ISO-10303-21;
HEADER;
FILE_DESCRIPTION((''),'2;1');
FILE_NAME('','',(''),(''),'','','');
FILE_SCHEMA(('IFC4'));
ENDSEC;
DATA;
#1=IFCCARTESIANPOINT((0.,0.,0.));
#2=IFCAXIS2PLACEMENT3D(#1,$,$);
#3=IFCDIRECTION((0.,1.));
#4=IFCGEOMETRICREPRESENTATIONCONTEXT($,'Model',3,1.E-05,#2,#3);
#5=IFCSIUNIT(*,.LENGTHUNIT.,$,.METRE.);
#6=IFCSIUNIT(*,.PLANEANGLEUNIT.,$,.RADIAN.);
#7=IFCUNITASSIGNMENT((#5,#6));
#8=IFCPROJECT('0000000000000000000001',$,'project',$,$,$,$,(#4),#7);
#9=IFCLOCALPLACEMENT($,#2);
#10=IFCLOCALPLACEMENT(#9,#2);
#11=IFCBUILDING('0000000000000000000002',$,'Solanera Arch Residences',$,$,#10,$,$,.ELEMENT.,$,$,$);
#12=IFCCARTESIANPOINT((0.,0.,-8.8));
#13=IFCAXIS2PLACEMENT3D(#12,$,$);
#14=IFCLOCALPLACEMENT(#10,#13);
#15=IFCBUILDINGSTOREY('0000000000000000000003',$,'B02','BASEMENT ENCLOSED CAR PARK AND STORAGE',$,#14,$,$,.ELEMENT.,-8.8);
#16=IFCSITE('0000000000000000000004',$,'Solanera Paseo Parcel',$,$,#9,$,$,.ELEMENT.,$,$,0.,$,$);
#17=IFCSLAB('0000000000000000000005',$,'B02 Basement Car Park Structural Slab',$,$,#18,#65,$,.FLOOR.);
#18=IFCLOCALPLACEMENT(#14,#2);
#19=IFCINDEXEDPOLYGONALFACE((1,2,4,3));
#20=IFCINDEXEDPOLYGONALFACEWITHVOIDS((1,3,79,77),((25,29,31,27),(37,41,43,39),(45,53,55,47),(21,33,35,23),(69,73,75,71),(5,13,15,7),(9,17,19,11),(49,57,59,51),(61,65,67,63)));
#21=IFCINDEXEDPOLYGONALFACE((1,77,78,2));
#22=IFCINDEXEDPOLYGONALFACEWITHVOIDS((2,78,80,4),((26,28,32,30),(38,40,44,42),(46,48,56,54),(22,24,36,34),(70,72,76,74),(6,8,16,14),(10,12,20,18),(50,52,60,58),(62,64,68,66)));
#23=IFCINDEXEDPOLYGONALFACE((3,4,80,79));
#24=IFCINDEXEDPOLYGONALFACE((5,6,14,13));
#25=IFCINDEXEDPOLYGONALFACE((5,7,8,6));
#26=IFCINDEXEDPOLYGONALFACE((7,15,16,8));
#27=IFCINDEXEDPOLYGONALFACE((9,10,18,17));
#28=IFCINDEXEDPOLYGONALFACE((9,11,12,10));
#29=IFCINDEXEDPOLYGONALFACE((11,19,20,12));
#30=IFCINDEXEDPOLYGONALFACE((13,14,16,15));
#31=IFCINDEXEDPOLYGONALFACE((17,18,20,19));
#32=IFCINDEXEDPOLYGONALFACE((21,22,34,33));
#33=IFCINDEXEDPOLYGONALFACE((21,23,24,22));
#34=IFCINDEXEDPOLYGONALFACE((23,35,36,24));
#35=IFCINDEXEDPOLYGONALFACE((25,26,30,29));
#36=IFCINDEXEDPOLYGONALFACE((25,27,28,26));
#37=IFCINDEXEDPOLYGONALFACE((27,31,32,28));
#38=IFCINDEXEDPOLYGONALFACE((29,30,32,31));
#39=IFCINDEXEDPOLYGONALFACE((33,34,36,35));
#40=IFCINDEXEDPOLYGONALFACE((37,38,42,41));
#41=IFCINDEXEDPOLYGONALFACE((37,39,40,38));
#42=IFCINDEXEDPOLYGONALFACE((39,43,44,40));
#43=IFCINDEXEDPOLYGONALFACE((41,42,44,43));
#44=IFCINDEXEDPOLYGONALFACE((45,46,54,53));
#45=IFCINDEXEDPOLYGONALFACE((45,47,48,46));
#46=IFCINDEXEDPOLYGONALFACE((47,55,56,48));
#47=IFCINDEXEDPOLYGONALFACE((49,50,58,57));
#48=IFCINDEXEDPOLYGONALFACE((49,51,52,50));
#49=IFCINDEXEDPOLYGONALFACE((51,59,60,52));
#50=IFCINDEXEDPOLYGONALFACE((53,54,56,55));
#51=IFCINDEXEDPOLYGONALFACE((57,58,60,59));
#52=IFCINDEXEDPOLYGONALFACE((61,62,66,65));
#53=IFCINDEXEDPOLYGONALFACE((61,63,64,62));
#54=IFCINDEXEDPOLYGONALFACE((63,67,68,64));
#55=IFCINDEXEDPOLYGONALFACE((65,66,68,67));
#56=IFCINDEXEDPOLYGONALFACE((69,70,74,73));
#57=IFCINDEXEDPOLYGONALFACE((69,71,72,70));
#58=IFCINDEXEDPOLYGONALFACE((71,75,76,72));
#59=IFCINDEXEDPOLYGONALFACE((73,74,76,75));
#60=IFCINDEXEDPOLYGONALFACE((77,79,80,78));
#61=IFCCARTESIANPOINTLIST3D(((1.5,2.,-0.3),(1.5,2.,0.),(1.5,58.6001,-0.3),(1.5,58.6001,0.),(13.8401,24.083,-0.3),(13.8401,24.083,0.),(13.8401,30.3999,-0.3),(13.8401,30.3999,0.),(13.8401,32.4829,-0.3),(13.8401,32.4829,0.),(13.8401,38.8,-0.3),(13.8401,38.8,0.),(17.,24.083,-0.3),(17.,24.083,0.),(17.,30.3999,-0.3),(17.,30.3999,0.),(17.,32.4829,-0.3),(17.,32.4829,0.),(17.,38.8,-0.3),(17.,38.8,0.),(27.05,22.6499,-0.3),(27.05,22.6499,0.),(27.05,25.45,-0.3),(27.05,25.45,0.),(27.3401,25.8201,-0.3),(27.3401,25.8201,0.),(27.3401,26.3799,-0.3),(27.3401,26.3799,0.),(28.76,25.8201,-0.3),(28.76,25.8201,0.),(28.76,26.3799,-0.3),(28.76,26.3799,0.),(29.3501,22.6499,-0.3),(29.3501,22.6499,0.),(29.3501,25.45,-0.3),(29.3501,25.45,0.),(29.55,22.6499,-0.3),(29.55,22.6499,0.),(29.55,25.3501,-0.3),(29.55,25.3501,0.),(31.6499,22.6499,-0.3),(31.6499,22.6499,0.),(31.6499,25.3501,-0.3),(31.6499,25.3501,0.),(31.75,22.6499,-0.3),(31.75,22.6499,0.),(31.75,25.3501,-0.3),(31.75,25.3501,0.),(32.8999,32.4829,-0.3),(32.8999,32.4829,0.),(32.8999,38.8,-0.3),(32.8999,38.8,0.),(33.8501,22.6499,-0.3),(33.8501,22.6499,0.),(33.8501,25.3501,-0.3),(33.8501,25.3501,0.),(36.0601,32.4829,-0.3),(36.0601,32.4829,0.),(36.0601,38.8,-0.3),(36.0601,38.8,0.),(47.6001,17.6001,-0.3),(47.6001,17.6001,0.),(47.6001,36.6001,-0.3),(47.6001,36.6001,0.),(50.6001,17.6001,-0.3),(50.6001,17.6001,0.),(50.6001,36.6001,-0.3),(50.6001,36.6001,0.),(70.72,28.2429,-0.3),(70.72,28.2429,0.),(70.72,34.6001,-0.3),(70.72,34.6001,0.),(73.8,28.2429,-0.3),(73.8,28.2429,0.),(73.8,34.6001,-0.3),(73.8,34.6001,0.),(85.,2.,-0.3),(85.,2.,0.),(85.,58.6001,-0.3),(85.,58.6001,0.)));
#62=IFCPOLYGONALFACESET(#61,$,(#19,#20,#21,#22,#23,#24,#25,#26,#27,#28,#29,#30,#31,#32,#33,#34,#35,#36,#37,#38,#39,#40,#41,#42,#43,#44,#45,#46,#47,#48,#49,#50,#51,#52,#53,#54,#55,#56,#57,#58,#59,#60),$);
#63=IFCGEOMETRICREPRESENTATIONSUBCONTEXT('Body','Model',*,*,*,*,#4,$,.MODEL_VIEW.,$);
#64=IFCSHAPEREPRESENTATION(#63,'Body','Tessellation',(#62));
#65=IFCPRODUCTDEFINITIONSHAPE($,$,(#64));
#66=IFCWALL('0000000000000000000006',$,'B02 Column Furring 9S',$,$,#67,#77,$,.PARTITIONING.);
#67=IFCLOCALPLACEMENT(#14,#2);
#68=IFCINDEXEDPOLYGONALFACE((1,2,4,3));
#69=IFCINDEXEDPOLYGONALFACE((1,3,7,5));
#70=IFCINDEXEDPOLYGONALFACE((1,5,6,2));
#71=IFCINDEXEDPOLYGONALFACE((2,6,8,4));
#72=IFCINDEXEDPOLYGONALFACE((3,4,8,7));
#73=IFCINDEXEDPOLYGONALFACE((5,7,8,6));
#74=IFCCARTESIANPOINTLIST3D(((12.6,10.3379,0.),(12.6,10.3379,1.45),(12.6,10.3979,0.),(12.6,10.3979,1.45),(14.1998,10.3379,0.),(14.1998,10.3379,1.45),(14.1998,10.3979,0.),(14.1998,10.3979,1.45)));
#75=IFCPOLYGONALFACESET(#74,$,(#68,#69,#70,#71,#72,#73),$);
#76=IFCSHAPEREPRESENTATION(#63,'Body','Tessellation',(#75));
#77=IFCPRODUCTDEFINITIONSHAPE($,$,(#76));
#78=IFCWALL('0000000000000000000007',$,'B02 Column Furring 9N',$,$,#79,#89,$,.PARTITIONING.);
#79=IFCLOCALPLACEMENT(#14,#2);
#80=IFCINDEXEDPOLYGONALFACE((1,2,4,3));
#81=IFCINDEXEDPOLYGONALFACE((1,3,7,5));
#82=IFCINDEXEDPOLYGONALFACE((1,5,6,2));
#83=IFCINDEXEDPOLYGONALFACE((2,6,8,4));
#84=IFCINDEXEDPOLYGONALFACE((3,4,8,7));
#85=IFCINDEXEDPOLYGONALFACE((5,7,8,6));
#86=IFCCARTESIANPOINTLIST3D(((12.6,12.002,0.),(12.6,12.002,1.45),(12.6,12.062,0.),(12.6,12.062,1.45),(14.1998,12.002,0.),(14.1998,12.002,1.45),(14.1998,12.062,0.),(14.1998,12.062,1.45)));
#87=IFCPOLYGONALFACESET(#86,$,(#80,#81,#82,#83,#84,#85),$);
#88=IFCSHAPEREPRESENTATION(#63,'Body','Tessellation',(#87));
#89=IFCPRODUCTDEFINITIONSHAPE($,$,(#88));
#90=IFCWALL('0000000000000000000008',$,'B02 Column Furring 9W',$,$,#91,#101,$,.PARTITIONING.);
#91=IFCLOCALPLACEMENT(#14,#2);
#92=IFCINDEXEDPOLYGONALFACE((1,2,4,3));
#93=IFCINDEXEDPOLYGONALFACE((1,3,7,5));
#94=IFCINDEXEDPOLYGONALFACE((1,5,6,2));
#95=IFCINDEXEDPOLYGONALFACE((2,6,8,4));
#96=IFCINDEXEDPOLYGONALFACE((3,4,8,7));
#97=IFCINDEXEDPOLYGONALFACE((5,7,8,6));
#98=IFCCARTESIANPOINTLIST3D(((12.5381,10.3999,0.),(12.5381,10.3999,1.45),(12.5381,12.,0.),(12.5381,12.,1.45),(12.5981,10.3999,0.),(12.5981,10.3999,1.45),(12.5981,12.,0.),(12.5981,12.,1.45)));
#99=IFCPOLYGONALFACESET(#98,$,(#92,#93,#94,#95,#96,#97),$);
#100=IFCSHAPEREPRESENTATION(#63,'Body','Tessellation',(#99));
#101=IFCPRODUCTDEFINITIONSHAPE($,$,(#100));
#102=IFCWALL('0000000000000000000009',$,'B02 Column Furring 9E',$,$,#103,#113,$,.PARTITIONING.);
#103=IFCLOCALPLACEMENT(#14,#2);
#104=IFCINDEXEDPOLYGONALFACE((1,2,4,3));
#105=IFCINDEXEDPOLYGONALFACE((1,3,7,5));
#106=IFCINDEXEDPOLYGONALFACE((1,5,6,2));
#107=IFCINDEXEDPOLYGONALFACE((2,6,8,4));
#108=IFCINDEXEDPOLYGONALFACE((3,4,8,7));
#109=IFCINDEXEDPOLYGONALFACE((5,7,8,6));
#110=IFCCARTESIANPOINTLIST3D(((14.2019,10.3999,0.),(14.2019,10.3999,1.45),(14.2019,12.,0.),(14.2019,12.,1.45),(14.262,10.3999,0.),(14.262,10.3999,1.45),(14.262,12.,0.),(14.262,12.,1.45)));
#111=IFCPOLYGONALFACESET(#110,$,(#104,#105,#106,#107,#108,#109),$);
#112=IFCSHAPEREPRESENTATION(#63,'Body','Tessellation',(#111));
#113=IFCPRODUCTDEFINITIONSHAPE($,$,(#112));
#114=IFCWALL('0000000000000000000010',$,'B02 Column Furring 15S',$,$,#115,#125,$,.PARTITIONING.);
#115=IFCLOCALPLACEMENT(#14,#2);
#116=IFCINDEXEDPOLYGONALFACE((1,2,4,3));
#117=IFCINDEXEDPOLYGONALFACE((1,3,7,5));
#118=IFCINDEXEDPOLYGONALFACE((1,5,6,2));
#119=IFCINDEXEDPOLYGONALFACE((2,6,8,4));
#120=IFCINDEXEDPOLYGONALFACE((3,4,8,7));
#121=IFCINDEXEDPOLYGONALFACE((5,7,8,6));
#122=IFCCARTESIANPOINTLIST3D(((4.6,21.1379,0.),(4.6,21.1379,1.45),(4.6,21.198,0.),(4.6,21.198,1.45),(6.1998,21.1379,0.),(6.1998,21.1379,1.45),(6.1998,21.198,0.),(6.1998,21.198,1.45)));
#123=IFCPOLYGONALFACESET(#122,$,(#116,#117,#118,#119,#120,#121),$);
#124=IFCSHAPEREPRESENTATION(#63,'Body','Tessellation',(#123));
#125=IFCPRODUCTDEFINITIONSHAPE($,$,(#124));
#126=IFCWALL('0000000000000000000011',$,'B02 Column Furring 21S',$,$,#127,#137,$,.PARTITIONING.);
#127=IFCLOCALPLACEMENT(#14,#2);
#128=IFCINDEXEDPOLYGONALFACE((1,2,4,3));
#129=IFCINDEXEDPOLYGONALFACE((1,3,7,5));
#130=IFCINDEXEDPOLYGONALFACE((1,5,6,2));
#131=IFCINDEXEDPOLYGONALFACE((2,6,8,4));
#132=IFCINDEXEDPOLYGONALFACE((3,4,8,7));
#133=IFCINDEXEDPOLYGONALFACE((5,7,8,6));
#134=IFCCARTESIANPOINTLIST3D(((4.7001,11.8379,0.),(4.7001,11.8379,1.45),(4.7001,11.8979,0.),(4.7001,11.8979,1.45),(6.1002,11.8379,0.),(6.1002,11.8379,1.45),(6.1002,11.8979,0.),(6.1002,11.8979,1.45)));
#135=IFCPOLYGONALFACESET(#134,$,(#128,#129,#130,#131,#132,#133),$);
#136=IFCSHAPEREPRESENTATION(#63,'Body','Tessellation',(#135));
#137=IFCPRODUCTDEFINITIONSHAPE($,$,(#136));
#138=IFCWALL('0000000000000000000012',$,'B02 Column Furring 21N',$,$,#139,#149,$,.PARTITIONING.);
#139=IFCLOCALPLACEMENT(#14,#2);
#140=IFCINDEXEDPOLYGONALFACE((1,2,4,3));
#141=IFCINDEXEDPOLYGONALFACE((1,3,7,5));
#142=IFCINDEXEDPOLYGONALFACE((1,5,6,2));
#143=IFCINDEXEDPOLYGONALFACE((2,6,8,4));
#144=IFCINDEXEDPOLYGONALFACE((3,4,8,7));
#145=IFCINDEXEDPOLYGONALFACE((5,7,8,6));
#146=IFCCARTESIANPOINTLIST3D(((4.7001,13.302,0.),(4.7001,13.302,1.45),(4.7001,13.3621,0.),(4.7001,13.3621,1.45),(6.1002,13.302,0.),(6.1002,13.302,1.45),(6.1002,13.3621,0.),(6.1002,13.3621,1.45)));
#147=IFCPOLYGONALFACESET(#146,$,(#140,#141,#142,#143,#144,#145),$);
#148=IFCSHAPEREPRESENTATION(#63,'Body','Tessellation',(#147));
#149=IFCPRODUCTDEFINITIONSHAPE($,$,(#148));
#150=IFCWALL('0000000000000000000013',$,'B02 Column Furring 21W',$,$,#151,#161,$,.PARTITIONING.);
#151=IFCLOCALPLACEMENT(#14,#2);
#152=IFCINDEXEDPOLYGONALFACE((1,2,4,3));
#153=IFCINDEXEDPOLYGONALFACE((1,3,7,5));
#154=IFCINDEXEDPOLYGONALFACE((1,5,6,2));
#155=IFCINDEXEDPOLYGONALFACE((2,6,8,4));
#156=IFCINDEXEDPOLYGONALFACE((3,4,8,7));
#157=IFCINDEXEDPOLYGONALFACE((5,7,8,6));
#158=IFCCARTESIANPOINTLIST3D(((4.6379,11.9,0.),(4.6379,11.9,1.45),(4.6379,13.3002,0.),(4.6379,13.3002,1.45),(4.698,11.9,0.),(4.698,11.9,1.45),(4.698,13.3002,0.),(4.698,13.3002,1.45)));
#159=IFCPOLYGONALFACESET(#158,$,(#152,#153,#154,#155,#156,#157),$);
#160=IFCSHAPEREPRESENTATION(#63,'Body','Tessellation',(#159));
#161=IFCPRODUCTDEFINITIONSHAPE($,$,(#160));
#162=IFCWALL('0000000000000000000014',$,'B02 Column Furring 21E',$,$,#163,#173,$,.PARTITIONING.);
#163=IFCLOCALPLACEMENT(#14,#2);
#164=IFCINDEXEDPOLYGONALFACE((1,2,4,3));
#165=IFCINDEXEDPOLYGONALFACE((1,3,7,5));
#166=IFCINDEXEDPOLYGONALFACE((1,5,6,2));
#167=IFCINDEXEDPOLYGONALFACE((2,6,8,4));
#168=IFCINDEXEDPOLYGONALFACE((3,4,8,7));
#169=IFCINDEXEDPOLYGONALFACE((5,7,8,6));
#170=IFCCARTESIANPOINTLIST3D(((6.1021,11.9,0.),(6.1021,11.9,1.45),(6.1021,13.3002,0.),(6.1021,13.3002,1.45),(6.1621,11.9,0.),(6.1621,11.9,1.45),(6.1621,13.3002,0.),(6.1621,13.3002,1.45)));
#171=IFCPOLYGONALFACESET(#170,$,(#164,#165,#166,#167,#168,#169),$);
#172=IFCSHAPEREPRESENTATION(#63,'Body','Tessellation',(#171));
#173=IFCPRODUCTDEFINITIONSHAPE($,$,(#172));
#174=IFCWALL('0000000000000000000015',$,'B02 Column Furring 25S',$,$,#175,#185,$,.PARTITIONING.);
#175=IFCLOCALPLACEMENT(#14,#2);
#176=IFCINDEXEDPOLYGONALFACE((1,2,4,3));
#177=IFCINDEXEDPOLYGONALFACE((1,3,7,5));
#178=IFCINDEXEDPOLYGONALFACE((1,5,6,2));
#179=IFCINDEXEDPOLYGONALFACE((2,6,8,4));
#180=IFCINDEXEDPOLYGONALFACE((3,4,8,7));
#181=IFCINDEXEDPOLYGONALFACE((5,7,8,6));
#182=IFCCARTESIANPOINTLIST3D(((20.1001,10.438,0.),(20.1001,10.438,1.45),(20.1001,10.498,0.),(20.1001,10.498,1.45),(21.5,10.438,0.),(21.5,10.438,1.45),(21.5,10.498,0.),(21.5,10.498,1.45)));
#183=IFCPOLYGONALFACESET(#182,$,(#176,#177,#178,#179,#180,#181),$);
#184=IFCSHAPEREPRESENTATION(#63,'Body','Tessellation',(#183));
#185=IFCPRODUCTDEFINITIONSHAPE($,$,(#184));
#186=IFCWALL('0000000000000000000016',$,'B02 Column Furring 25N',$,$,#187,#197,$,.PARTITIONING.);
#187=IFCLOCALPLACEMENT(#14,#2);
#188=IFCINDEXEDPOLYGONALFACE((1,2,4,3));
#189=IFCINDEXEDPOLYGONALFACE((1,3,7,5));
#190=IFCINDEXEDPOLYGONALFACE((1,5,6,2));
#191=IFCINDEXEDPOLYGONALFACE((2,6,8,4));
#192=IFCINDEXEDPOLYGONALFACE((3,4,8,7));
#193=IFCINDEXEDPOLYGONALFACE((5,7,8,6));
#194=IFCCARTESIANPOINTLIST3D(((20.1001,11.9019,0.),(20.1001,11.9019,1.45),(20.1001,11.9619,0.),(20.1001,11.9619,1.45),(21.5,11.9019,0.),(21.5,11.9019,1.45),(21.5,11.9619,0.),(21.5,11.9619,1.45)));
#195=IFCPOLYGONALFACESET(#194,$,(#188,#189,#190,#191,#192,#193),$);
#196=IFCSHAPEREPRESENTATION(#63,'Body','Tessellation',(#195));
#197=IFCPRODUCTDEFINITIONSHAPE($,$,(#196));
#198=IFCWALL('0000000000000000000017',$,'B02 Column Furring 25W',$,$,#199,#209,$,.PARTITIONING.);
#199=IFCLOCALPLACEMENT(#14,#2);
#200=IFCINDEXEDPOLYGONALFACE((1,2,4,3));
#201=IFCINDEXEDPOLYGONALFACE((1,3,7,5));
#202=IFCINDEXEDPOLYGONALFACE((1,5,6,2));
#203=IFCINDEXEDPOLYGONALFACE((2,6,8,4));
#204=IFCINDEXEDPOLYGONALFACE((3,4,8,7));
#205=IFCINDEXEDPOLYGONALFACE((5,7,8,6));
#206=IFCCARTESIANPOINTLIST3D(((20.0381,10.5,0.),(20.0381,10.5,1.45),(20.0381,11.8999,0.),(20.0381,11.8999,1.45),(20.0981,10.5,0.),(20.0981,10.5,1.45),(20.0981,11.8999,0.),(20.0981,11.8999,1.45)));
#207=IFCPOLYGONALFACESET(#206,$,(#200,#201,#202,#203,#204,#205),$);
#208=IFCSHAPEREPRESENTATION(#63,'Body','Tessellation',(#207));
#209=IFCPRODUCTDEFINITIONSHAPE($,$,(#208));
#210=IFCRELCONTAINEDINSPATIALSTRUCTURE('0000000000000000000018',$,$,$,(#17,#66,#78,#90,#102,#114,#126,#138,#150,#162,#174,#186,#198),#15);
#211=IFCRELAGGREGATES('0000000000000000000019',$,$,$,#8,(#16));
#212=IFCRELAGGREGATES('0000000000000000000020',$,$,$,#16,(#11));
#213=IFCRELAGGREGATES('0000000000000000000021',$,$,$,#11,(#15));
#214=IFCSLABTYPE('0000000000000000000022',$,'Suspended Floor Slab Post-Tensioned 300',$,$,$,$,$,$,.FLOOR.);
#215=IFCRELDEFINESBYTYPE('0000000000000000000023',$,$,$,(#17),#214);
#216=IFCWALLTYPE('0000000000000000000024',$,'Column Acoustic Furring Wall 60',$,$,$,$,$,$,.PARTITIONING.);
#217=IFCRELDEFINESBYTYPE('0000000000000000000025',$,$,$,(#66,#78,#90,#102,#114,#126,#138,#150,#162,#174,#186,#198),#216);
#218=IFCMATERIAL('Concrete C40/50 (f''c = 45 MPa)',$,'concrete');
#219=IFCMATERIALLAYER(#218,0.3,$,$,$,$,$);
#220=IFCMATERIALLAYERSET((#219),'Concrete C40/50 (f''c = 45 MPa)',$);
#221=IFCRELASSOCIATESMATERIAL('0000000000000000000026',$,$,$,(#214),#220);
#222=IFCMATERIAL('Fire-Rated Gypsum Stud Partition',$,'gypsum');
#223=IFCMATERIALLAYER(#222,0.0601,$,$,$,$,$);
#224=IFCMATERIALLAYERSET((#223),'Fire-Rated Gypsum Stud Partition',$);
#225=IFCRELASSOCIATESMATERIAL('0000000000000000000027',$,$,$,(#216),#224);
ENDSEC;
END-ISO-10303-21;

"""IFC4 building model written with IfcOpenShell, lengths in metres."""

from ifc_helpers import new_model, si_unit, direction, frame, frame_2d, origin, place, context, subcontext, project, spatial, polyline, rectangle, outline, extrude, material, layer, layer_set, type_object, element, save


model = new_model("IFC4")

# Units and contexts
model_context = context("Model", 3, precision=1e-05, world=origin(), true_north=direction((0.0, 1.0)))
body_context = subcontext(model_context, "Body", "Model", "MODEL_VIEW")
ifc_project = project(units=[si_unit("LENGTHUNIT", "METRE"), si_unit("PLANEANGLEUNIT", "RADIAN")], contexts=[model_context])

# Site, building, storey
site_placement = place(None, origin())
site = spatial("IfcSite", under=ifc_project, at=site_placement, Name="Solanera Paseo Parcel", CompositionType="ELEMENT", RefElevation=0.0)
building_placement = place(site_placement, origin())
building = spatial("IfcBuilding", under=site, at=building_placement, Name="Solanera Arch Residences", CompositionType="ELEMENT")
storey_placement = place(building_placement, frame((0.0, 0.0, -8.8)))
storey = spatial("IfcBuildingStorey", under=building, at=storey_placement, Name="B02", Description="BASEMENT ENCLOSED CAR PARK AND STORAGE", CompositionType="ELEMENT", Elevation=-8.8)

# Slab
ifc_material_1 = material(Name="Concrete C40/50 (f'c = 45 MPa)", Category="concrete")
ifc_layer_1 = layer(ifc_material_1, 0.3)
ifc_layer_set_1 = layer_set([ifc_layer_1], Name="Concrete C40/50 (f'c = 45 MPa)")
slab_type_1 = type_object("IfcSlabType", Name="Suspended Floor Slab Post-Tensioned 300", PredefinedType="FLOOR", material=ifc_layer_set_1)
slab_1_placement = place(storey_placement, frame((0.0, 0.0, -0.3)))
element("IfcSlab", 1, at=slab_1_placement, inside=storey, type_object=slab_type_1, Name="B02 Basement Car Park Structural Slab", PredefinedType="FLOOR", context=body_context, shape_type="SweptSolid", body=[
    extrude(outline(polyline([(1.5, 2.0), (85.0, 2.0), (85.0, 58.6001), (1.5, 58.6001), (1.5, 2.0)]), holes=[polyline([(13.8401, 32.4829), (13.8401, 38.8), (17.0, 38.8), (17.0, 32.4829), (13.8401, 32.4829)]), polyline([(32.8999, 32.4829), (32.8999, 38.8), (36.0601, 38.8), (36.0601, 32.4829), (32.8999, 32.4829)]), polyline([(13.8401, 24.083), (13.8401, 30.3999), (17.0, 30.3999), (17.0, 24.083), (13.8401, 24.083)]), polyline([(70.72, 28.2429), (70.72, 34.6001), (73.8, 34.6001), (73.8, 28.2429), (70.72, 28.2429)]), polyline([(29.55, 25.3501), (31.6499, 25.3501), (31.6499, 22.6499), (29.55, 22.6499), (29.55, 25.3501)]), polyline([(31.75, 25.3501), (33.8501, 25.3501), (33.8501, 22.6499), (31.75, 22.6499), (31.75, 25.3501)]), polyline([(27.05, 25.45), (29.3501, 25.45), (29.3501, 22.6499), (27.05, 22.6499), (27.05, 25.45)]), polyline([(27.3401, 26.3799), (28.76, 26.3799), (28.76, 25.8201), (27.3401, 25.8201), (27.3401, 26.3799)]), polyline([(47.6001, 36.6001), (50.6001, 36.6001), (50.6001, 17.6001), (47.6001, 17.6001), (47.6001, 36.6001)])]), origin(), (0.0, 0.0, 1.0), 0.3),
])

# Walls
ifc_material_2 = material(Name="Fire-Rated Gypsum Stud Partition", Category="gypsum")
ifc_layer_2 = layer(ifc_material_2, 0.0601)
ifc_layer_set_2 = layer_set([ifc_layer_2], Name="Fire-Rated Gypsum Stud Partition")
wall_type_1 = type_object("IfcWallType", Name="Column Acoustic Furring Wall 60", PredefinedType="PARTITIONING", material=ifc_layer_set_2)
for number, where, z_axis, x_axis, name in (
    (2, (12.6001, 10.3679, 0.0), (0.0, 0.0, 1.0), (1.0, 0.0, 0.0), "B02 Column Furring 9S"),
    (3, (12.6001, 12.032, 0.0), (0.0, 0.0, 1.0), (1.0, 0.0, 0.0), "B02 Column Furring 9N"),
):
    element("IfcWall", number, at=place(storey_placement, frame(where, z_axis=z_axis, x_axis=x_axis)), inside=storey, type_object=wall_type_1, Name=name, PredefinedType="PARTITIONING", context=body_context, shape_type="SweptSolid", body=[
        extrude(rectangle(XDim=1.5999, YDim=0.0601, at=frame_2d((0.7998, 0.0))), origin(), (0.0, 0.0, 1.0), 1.45),
    ])
for number, where, z_axis, x_axis, name in (
    (4, (12.5681, 10.3999, 0.0), (0.0, 0.0, 1.0), (0.0, 1.0, 0.0), "B02 Column Furring 9W"),
    (5, (14.2319, 10.3999, 0.0), (0.0, 0.0, 1.0), (0.0, 1.0, 0.0), "B02 Column Furring 9E"),
):
    element("IfcWall", number, at=place(storey_placement, frame(where, z_axis=z_axis, x_axis=x_axis)), inside=storey, type_object=wall_type_1, Name=name, PredefinedType="PARTITIONING", context=body_context, shape_type="SweptSolid", body=[
        extrude(rectangle(XDim=1.6001, YDim=0.0601, at=frame_2d((0.8, 0.0))), origin(), (0.0, 0.0, 1.0), 1.45),
    ])
wall_1_placement = place(storey_placement, frame((4.6001, 21.168, 0.0), z_axis=(0.0, 0.0, 1.0), x_axis=(1.0, 0.0, 0.0)))
element("IfcWall", 6, at=wall_1_placement, inside=storey, type_object=wall_type_1, Name="B02 Column Furring 15S", PredefinedType="PARTITIONING", context=body_context, shape_type="SweptSolid", body=[
    extrude(rectangle(XDim=1.5999, YDim=0.0601, at=frame_2d((0.7998, 0.0))), origin(), (0.0, 0.0, 1.0), 1.45),
])
for number, where, z_axis, x_axis, name in (
    (7, (4.7, 11.8679, 0.0), (0.0, 0.0, 1.0), (1.0, 0.0, 0.0), "B02 Column Furring 21S"),
    (8, (4.7, 13.332, 0.0), (0.0, 0.0, 1.0), (1.0, 0.0, 0.0), "B02 Column Furring 21N"),
    (9, (4.668, 11.8999, 0.0), (0.0, 0.0, 1.0), (0.0, 1.0, 0.0), "B02 Column Furring 21W"),
    (10, (6.1321, 11.8999, 0.0), (0.0, 0.0, 1.0), (0.0, 1.0, 0.0), "B02 Column Furring 21E"),
):
    element("IfcWall", number, at=place(storey_placement, frame(where, z_axis=z_axis, x_axis=x_axis)), inside=storey, type_object=wall_type_1, Name=name, PredefinedType="PARTITIONING", context=body_context, shape_type="SweptSolid", body=[
        extrude(rectangle(XDim=1.4001, YDim=0.0601, at=frame_2d((0.7002, 0.0))), origin(), (0.0, 0.0, 1.0), 1.45),
    ])
for number, where, z_axis, x_axis, name in (
    (11, (20.1001, 10.468, 0.0), (0.0, 0.0, 1.0), (1.0, 0.0, 0.0), "B02 Column Furring 25S"),
    (12, (20.1001, 11.9319, 0.0), (0.0, 0.0, 1.0), (1.0, 0.0, 0.0), "B02 Column Furring 25N"),
    (13, (20.0681, 10.5, 0.0), (0.0, 0.0, 1.0), (0.0, 1.0, 0.0), "B02 Column Furring 25W"),
):
    element("IfcWall", number, at=place(storey_placement, frame(where, z_axis=z_axis, x_axis=x_axis)), inside=storey, type_object=wall_type_1, Name=name, PredefinedType="PARTITIONING", context=body_context, shape_type="SweptSolid", body=[
        extrude(rectangle(XDim=1.3999, YDim=0.0601, at=frame_2d((0.7, 0.0))), origin(), (0.0, 0.0, 1.0), 1.45),
    ])

save(model, "model.ifc")
